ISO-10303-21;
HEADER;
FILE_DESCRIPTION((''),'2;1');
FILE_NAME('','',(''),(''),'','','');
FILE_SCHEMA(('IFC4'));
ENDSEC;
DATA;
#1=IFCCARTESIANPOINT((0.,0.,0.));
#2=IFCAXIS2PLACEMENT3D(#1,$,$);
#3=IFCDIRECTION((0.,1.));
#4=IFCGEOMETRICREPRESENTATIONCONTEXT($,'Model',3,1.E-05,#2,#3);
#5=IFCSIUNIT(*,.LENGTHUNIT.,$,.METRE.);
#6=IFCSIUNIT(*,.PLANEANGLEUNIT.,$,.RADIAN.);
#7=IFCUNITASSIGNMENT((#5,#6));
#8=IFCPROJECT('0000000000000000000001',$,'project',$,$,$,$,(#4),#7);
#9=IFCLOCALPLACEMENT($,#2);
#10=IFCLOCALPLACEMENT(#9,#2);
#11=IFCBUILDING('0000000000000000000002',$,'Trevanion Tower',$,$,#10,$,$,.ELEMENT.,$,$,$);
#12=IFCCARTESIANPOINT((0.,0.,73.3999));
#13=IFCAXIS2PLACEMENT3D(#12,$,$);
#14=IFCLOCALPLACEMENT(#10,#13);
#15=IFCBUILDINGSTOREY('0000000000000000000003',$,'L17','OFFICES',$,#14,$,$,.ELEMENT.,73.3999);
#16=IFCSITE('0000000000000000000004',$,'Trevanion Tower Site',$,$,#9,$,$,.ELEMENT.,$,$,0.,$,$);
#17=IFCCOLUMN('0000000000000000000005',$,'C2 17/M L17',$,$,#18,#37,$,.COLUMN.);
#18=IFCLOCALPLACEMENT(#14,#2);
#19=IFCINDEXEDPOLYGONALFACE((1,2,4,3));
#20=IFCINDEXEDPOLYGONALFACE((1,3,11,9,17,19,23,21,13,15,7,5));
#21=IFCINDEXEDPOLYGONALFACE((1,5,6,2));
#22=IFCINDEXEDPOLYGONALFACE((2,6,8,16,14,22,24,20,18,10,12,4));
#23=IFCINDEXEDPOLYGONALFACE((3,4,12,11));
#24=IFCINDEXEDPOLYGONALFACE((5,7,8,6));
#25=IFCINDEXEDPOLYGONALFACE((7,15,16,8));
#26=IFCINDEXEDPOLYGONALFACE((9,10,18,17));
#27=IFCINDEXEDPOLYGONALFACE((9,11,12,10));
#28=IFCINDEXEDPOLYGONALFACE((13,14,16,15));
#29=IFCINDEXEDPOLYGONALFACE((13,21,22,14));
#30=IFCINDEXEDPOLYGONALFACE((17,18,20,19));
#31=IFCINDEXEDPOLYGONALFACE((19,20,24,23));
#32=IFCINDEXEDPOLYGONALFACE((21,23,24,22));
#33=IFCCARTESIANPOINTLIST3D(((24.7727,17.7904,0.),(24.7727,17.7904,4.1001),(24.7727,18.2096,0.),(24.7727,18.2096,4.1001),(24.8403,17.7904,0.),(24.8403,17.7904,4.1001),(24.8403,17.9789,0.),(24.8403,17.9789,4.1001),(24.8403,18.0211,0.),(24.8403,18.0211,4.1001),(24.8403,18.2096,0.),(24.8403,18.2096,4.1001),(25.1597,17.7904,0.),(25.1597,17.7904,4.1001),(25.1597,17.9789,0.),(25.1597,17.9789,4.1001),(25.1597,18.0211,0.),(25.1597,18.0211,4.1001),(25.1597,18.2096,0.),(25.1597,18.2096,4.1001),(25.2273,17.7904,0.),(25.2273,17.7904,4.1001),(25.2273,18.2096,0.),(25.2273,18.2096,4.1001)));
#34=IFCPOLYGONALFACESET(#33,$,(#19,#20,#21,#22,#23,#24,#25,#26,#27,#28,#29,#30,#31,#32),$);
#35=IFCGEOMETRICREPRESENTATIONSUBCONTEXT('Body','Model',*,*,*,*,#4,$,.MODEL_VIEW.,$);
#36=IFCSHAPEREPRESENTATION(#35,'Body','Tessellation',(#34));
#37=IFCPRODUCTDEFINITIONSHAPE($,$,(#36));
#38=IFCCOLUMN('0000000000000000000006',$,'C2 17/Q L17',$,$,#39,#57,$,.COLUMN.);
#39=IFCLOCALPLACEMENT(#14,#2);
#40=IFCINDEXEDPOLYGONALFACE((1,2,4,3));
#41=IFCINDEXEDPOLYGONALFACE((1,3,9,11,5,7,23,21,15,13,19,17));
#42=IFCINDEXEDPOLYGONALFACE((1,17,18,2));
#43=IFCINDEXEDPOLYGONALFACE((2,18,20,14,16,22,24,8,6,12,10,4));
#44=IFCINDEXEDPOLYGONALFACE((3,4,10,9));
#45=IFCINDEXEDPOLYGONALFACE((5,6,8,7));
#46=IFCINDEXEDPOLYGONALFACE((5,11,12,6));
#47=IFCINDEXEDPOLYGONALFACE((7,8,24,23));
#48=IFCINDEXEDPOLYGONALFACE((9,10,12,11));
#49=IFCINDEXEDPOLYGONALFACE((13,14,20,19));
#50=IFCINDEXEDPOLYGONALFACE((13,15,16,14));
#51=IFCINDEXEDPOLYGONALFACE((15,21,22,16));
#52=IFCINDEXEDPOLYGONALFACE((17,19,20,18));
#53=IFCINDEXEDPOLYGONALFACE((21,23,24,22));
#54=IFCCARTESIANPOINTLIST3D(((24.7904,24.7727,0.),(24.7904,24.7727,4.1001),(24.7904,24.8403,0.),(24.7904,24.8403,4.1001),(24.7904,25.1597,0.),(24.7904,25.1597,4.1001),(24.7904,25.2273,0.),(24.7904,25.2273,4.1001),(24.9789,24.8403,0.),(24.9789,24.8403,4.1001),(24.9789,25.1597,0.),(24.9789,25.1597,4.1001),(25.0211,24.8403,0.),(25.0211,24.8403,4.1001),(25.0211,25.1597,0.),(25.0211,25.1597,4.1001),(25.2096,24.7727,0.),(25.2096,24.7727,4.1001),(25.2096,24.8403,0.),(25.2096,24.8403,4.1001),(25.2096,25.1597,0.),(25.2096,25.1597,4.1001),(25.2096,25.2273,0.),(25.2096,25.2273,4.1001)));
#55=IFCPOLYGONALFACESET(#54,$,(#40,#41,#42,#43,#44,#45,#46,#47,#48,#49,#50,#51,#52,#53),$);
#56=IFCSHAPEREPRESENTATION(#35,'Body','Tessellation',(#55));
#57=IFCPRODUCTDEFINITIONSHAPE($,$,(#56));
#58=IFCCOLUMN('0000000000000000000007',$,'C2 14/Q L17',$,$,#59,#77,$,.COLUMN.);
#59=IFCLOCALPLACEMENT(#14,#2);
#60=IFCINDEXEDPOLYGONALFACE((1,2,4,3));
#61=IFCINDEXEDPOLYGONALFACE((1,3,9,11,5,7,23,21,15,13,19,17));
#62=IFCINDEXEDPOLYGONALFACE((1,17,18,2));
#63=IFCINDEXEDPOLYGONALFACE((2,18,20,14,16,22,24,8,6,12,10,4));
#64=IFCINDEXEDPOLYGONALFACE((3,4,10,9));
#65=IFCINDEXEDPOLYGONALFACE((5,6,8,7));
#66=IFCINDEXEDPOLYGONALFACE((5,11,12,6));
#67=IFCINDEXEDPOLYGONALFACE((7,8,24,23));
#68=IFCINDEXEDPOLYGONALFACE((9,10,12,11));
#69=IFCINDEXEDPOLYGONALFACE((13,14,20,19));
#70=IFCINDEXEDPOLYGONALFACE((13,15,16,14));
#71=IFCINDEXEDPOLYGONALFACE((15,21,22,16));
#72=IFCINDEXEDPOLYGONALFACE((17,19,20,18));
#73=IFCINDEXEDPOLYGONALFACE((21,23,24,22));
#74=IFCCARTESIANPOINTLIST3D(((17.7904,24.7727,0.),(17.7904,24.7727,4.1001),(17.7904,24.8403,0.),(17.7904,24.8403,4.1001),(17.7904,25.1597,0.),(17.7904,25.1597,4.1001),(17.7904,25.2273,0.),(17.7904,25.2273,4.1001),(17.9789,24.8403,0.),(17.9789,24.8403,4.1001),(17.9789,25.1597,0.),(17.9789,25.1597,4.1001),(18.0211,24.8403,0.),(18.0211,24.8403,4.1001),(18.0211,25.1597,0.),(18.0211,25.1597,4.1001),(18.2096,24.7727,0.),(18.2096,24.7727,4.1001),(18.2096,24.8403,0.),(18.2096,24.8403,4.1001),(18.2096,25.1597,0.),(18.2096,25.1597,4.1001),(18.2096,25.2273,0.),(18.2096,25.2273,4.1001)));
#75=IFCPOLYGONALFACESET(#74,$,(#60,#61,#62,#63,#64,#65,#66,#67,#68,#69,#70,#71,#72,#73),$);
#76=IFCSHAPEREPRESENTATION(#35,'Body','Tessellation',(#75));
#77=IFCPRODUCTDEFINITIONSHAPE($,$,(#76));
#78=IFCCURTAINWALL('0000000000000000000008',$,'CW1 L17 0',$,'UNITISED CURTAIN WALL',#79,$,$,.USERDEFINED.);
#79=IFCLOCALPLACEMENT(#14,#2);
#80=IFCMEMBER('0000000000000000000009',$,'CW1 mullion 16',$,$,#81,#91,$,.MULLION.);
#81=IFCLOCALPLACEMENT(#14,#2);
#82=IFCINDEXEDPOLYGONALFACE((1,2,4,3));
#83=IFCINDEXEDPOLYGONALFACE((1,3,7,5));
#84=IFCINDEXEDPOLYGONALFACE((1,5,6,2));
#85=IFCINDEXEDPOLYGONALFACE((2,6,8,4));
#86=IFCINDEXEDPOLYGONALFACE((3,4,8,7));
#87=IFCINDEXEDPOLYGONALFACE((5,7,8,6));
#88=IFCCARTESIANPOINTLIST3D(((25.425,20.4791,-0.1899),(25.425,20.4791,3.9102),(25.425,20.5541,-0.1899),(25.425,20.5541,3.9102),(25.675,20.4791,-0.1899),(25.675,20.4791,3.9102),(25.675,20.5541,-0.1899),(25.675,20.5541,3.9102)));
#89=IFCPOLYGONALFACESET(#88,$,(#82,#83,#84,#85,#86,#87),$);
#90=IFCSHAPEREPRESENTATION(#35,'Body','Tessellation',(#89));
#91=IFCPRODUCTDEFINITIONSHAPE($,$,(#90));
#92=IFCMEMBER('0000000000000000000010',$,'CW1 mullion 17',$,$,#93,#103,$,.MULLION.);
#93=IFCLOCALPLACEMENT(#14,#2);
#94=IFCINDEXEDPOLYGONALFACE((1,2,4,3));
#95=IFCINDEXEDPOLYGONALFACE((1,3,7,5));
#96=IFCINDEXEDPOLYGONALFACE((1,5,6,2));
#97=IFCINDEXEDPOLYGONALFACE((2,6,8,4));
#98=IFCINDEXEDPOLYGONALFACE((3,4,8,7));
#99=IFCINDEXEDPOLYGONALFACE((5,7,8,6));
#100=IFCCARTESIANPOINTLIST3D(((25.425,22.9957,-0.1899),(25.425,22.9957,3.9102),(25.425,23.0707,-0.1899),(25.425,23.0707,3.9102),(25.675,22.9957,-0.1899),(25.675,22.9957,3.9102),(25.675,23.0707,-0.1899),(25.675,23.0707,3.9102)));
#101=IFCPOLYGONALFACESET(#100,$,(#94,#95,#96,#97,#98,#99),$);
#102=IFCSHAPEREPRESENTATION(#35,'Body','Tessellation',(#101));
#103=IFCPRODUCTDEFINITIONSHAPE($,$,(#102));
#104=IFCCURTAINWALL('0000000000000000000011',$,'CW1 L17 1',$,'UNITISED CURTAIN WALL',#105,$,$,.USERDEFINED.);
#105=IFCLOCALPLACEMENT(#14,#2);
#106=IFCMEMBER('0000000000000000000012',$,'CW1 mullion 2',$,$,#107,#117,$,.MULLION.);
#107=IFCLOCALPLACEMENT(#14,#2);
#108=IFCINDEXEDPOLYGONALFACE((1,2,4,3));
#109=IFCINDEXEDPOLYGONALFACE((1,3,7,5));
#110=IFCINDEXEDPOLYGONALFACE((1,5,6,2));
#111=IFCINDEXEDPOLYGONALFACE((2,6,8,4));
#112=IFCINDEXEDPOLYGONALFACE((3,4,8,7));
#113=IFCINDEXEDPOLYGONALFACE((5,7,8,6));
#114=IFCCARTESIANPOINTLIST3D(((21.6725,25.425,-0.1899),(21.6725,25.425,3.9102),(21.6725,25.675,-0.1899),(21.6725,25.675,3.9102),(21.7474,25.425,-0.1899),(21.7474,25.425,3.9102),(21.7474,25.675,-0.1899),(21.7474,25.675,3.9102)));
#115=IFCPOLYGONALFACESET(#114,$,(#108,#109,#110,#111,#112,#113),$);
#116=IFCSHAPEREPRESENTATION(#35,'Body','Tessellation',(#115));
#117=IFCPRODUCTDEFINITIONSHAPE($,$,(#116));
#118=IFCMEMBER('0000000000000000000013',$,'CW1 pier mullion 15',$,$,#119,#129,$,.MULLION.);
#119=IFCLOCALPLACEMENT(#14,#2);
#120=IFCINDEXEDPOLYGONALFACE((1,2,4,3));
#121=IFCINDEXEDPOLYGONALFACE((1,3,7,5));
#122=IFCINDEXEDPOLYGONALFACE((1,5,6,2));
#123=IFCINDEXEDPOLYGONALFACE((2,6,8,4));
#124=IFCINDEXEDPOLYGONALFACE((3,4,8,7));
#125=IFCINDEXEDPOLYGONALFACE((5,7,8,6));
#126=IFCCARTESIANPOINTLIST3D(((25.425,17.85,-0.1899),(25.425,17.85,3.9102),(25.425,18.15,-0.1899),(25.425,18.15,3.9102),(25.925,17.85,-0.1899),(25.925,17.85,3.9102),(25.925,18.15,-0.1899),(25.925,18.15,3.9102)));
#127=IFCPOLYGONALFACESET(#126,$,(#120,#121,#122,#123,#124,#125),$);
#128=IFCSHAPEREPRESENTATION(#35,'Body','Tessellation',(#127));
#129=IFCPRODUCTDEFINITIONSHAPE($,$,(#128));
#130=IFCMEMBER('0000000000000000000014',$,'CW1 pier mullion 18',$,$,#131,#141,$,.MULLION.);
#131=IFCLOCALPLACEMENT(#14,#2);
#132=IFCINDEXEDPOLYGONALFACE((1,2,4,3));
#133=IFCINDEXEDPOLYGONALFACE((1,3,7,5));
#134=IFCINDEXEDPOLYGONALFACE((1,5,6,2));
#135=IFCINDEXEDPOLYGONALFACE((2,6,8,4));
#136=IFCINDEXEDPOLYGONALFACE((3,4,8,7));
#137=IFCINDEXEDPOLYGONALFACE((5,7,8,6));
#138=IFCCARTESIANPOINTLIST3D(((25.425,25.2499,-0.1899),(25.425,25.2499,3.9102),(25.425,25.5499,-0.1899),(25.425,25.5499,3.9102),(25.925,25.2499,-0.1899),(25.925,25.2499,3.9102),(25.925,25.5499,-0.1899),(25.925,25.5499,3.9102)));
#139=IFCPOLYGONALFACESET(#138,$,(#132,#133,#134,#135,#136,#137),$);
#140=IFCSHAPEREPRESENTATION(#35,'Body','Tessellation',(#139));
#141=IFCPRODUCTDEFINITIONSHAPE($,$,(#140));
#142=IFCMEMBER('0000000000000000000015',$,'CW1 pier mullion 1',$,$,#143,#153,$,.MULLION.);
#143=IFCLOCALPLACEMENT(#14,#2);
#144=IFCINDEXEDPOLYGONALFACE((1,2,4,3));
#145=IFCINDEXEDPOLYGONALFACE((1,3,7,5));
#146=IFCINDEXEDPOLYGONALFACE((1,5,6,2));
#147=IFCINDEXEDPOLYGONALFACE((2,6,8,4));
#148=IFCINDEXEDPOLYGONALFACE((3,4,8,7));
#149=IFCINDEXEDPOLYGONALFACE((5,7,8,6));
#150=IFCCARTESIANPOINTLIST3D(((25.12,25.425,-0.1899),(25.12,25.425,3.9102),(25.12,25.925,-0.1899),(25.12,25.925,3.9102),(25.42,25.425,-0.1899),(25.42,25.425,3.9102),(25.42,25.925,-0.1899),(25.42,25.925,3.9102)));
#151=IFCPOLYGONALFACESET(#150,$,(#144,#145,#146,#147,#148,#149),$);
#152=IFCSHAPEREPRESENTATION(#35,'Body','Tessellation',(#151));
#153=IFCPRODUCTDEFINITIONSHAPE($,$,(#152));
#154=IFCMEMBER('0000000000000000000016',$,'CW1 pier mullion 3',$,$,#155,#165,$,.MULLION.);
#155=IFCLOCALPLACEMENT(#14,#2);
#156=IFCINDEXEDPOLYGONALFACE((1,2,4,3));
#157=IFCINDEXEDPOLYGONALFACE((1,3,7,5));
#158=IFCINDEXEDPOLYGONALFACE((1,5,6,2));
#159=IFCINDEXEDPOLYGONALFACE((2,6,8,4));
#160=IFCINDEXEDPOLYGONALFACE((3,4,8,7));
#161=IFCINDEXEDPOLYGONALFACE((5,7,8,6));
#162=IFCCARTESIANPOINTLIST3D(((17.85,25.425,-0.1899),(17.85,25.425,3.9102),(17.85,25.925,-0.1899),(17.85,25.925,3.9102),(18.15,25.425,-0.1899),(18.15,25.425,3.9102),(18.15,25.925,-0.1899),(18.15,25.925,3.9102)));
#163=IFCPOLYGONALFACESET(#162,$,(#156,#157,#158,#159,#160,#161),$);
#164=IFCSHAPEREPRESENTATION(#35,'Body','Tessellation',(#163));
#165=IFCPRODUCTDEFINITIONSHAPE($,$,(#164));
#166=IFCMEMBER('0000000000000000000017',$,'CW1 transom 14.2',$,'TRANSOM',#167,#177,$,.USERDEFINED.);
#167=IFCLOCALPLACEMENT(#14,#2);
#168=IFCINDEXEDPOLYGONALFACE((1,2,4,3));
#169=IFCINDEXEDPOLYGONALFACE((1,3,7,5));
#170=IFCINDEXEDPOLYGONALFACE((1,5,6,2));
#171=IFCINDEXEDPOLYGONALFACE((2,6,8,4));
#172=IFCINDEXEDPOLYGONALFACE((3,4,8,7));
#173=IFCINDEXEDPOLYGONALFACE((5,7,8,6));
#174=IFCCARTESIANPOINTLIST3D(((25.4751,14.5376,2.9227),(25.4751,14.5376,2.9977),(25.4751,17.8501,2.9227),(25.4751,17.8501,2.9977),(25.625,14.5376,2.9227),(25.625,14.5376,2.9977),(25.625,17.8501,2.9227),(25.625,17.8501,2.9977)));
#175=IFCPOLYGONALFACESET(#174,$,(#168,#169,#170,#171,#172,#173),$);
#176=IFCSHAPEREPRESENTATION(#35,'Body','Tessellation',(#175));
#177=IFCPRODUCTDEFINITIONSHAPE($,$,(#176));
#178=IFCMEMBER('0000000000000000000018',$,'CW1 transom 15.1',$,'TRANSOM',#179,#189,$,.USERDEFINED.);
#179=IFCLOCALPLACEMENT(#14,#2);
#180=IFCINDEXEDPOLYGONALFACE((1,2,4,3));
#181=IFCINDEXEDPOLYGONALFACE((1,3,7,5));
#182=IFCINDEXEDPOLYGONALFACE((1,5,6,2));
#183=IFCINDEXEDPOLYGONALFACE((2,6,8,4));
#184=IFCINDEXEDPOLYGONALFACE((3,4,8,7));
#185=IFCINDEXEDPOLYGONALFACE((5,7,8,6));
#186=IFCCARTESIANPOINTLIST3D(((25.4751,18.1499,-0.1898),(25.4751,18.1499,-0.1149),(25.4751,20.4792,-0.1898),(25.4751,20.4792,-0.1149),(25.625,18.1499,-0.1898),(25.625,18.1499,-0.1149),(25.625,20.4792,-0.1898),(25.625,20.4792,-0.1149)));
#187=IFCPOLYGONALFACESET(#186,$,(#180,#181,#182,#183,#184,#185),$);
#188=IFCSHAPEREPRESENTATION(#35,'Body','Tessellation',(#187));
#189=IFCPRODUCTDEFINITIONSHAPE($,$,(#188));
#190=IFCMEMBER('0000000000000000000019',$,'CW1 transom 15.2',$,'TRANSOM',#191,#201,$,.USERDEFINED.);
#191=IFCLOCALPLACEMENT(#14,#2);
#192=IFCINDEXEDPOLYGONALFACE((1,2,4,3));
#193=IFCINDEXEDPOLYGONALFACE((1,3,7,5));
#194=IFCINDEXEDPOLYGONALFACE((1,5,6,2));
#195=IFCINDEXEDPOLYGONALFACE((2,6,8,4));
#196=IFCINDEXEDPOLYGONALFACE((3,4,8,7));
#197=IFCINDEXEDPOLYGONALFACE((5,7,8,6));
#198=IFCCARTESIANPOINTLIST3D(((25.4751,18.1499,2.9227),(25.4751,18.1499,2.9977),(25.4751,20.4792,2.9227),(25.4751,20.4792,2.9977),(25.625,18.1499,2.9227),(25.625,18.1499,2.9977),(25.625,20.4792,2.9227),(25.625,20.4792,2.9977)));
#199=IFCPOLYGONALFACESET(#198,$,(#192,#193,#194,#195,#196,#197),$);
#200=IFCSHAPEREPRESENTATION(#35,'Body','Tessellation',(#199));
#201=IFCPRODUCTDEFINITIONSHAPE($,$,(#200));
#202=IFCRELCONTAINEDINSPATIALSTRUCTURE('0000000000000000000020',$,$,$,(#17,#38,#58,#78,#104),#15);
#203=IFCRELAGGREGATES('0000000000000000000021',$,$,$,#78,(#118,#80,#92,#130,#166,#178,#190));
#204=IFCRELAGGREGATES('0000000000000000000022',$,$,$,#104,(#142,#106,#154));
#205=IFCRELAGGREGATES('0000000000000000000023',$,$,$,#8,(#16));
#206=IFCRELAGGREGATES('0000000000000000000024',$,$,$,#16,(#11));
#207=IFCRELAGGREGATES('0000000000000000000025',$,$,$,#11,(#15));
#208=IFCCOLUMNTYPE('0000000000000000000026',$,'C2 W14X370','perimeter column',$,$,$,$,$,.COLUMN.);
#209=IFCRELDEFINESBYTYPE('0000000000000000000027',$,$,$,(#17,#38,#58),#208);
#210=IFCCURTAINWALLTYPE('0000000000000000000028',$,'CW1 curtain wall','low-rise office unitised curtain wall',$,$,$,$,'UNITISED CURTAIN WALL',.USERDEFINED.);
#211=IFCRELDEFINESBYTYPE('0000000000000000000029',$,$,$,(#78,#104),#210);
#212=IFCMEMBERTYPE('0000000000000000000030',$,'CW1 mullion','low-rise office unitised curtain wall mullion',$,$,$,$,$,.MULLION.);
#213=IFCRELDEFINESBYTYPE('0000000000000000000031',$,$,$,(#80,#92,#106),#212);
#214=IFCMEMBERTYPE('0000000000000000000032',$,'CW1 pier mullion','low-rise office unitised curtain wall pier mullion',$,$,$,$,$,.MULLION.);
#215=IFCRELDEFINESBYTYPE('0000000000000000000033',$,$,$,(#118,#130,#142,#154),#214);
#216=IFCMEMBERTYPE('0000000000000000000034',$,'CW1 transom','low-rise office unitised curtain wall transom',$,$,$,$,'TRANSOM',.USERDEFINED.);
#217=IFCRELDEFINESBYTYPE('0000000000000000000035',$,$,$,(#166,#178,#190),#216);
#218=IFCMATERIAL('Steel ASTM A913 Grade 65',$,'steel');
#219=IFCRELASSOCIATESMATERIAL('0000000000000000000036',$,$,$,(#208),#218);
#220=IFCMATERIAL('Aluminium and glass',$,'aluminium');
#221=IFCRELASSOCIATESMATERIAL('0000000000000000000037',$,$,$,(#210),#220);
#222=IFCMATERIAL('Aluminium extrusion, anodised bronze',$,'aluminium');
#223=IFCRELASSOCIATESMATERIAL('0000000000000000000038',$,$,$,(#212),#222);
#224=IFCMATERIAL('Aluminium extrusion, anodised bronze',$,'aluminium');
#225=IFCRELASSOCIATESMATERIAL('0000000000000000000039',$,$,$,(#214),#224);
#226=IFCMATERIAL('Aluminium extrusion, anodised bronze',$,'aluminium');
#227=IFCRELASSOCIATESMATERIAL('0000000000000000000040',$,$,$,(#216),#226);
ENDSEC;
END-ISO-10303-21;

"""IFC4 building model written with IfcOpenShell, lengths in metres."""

from ifc_helpers import new_model, si_unit, direction, frame, origin, origin_2d, place, context, subcontext, project, spatial, rectangle, i_section, extrude, material, material_profile, profile_set, type_object, element, aggregate, save


model = new_model("IFC4")

# Units and contexts
model_context = context("Model", 3, precision=1e-05, world=origin(), true_north=direction((0.0, 1.0)))
body_context = subcontext(model_context, "Body", "Model", "MODEL_VIEW")
ifc_project = project(units=[si_unit("LENGTHUNIT", "METRE"), si_unit("PLANEANGLEUNIT", "RADIAN")], contexts=[model_context])

# Site, building, storey
site_placement = place(None, origin())
site = spatial("IfcSite", under=ifc_project, at=site_placement, Name="Trevanion Tower Site", CompositionType="ELEMENT", RefElevation=0.0)
building_placement = place(site_placement, origin())
building = spatial("IfcBuilding", under=site, at=building_placement, Name="Trevanion Tower", CompositionType="ELEMENT")
storey_placement = place(building_placement, frame((0.0, 0.0, 73.3999)))
storey = spatial("IfcBuildingStorey", under=building, at=storey_placement, Name="L17", Description="OFFICES", CompositionType="ELEMENT", Elevation=73.3999)

# Columns
ifc_material_1 = material(Name="Steel ASTM A913 Grade 65", Category="steel")
ifc_material_profile_1 = material_profile(ifc_material_1, i_section(OverallWidth=0.4192, OverallDepth=0.4546, WebThickness=0.0422, FlangeThickness=0.0676, at=origin_2d()), Name="W14X370")
ifc_profile_set_1 = profile_set([ifc_material_profile_1], Name="Steel ASTM A913 Grade 65")
column_type = type_object("IfcColumnType", Name="C2 W14X370", Description="perimeter column", PredefinedType="COLUMN", material=ifc_profile_set_1)
for number, where, z_axis, x_axis, name in (
    (1, (25.0, 18.0, 0.0), (0.0, 0.0, 1.0), (0.0, 1.0, 0.0), "C2 17/M L17"),
    (2, (25.0, 25.0, 0.0), (0.0, 0.0, 1.0), (1.0, 0.0, 0.0), "C2 17/Q L17"),
    (3, (18.0, 25.0, 0.0), (0.0, 0.0, 1.0), (1.0, 0.0, 0.0), "C2 14/Q L17"),
):
    element("IfcColumn", number, at=place(storey_placement, frame(where, z_axis=z_axis, x_axis=x_axis)), inside=storey, type_object=column_type, Name=name, PredefinedType="COLUMN", context=body_context, shape_type="SweptSolid", body=[
        extrude(i_section(OverallWidth=0.4192, OverallDepth=0.4546, WebThickness=0.0422, FlangeThickness=0.0676, at=origin_2d()), origin(), (0.0, 0.0, 1.0), 4.1001),
    ])

# Curtain wall, members
ifc_material_2 = material(Name="Aluminium and glass", Category="aluminium")
curtain_wall_type = type_object("IfcCurtainWallType", Name="CW1 curtain wall", Description="low-rise office unitised curtain wall", ElementType="UNITISED CURTAIN WALL", PredefinedType="USERDEFINED", material=ifc_material_2)
curtain_wall_1_placement = place(storey_placement, origin())
curtain_wall_1 = element("IfcCurtainWall", 4, at=curtain_wall_1_placement, inside=storey, type_object=curtain_wall_type, Name="CW1 L17 0", ObjectType="UNITISED CURTAIN WALL", PredefinedType="USERDEFINED")
ifc_material_3 = material(Name="Aluminium extrusion, anodised bronze", Category="aluminium")
ifc_material_profile_2 = material_profile(ifc_material_3, rectangle(XDim=0.075, YDim=0.25, at=origin_2d()), Name="CW1 mullion")
ifc_profile_set_2 = profile_set([ifc_material_profile_2], Name="Aluminium extrusion, anodised bronze")
member_type_1 = type_object("IfcMemberType", Name="CW1 mullion", Description="low-rise office unitised curtain wall mullion", PredefinedType="MULLION", material=ifc_profile_set_2)
member_1_placement = place(storey_placement, frame((25.55, 20.5166, -0.1899), z_axis=(0.0, 0.0, 1.0), x_axis=(0.0, 1.0, 0.0)))
member_1 = element("IfcMember", 5, at=member_1_placement, type_object=member_type_1, Name="CW1 mullion 16", PredefinedType="MULLION", context=body_context, shape_type="SweptSolid", body=[
    extrude(rectangle(XDim=0.075, YDim=0.25, at=origin_2d()), origin(), (0.0, 0.0, 1.0), 4.1001),
])
member_2_placement = place(storey_placement, frame((25.55, 23.0332, -0.1899), z_axis=(0.0, 0.0, 1.0), x_axis=(0.0, 1.0, 0.0)))
member_2 = element("IfcMember", 6, at=member_2_placement, type_object=member_type_1, Name="CW1 mullion 17", PredefinedType="MULLION", context=body_context, shape_type="SweptSolid", body=[
    extrude(rectangle(XDim=0.075, YDim=0.25, at=origin_2d()), origin(), (0.0, 0.0, 1.0), 4.1001),
])

# Curtain wall, member
curtain_wall_2_placement = place(storey_placement, origin())
curtain_wall_2 = element("IfcCurtainWall", 7, at=curtain_wall_2_placement, inside=storey, type_object=curtain_wall_type, Name="CW1 L17 1", ObjectType="UNITISED CURTAIN WALL", PredefinedType="USERDEFINED")
member_3_placement = place(storey_placement, frame((21.71, 25.55, -0.1899), z_axis=(0.0, 0.0, 1.0), x_axis=(-1.0, 0.0, 0.0)))
member_3 = element("IfcMember", 8, at=member_3_placement, type_object=member_type_1, Name="CW1 mullion 2", PredefinedType="MULLION", context=body_context, shape_type="SweptSolid", body=[
    extrude(rectangle(XDim=0.075, YDim=0.25, at=origin_2d()), origin(), (0.0, 0.0, 1.0), 4.1001),
])

# Members
ifc_material_4 = material(Name="Aluminium extrusion, anodised bronze", Category="aluminium")
ifc_material_profile_3 = material_profile(ifc_material_4, rectangle(XDim=0.3, YDim=0.5, at=origin_2d()), Name="CW1 pier mullion")
ifc_profile_set_3 = profile_set([ifc_material_profile_3], Name="Aluminium extrusion, anodised bronze")
member_type_2 = type_object("IfcMemberType", Name="CW1 pier mullion", Description="low-rise office unitised curtain wall pier mullion", PredefinedType="MULLION", material=ifc_profile_set_3)
member_4_placement = place(storey_placement, frame((25.675, 18.0, -0.1899), z_axis=(0.0, 0.0, 1.0), x_axis=(0.0, 1.0, 0.0)))
member_4 = element("IfcMember", 9, at=member_4_placement, type_object=member_type_2, Name="CW1 pier mullion 15", PredefinedType="MULLION", context=body_context, shape_type="SweptSolid", body=[
    extrude(rectangle(XDim=0.3, YDim=0.5, at=origin_2d()), origin(), (0.0, 0.0, 1.0), 4.1001),
])
member_5_placement = place(storey_placement, frame((25.675, 25.3999, -0.1899), z_axis=(0.0, 0.0, 1.0), x_axis=(0.0, 1.0, 0.0)))
member_5 = element("IfcMember", 10, at=member_5_placement, type_object=member_type_2, Name="CW1 pier mullion 18", PredefinedType="MULLION", context=body_context, shape_type="SweptSolid", body=[
    extrude(rectangle(XDim=0.3, YDim=0.5, at=origin_2d()), origin(), (0.0, 0.0, 1.0), 4.1001),
])
member_6_placement = place(storey_placement, frame((25.27, 25.675, -0.1899), z_axis=(0.0, 0.0, 1.0), x_axis=(-1.0, 0.0, 0.0)))
member_6 = element("IfcMember", 11, at=member_6_placement, type_object=member_type_2, Name="CW1 pier mullion 1", PredefinedType="MULLION", context=body_context, shape_type="SweptSolid", body=[
    extrude(rectangle(XDim=0.3, YDim=0.5, at=origin_2d()), origin(), (0.0, 0.0, 1.0), 4.1001),
])
member_7_placement = place(storey_placement, frame((18.0, 25.675, -0.1899), z_axis=(0.0, 0.0, 1.0), x_axis=(-1.0, 0.0, 0.0)))
member_7 = element("IfcMember", 12, at=member_7_placement, type_object=member_type_2, Name="CW1 pier mullion 3", PredefinedType="MULLION", context=body_context, shape_type="SweptSolid", body=[
    extrude(rectangle(XDim=0.3, YDim=0.5, at=origin_2d()), origin(), (0.0, 0.0, 1.0), 4.1001),
])
ifc_material_5 = material(Name="Aluminium extrusion, anodised bronze", Category="aluminium")
ifc_material_profile_4 = material_profile(ifc_material_5, rectangle(XDim=0.1499, YDim=0.075, at=origin_2d()), Name="CW1 transom")
ifc_profile_set_4 = profile_set([ifc_material_profile_4], Name="Aluminium extrusion, anodised bronze")
member_type_3 = type_object("IfcMemberType", Name="CW1 transom", Description="low-rise office unitised curtain wall transom", ElementType="TRANSOM", PredefinedType="USERDEFINED", material=ifc_profile_set_4)
member_8_placement = place(storey_placement, frame((25.55, 14.5376, 2.9602), z_axis=(0.0, 1.0, 0.0), x_axis=(-1.0, 0.0, 0.0)))
member_8 = element("IfcMember", 13, at=member_8_placement, type_object=member_type_3, Name="CW1 transom 14.2", ObjectType="TRANSOM", PredefinedType="USERDEFINED", context=body_context, shape_type="SweptSolid", body=[
    extrude(rectangle(XDim=0.1499, YDim=0.075, at=origin_2d()), origin(), (0.0, 0.0, 1.0), 3.3125),
])
member_9_placement = place(storey_placement, frame((25.55, 18.1499, -0.1523), z_axis=(0.0, 1.0, 0.0), x_axis=(-1.0, 0.0, 0.0)))
member_9 = element("IfcMember", 14, at=member_9_placement, type_object=member_type_3, Name="CW1 transom 15.1", ObjectType="TRANSOM", PredefinedType="USERDEFINED", context=body_context, shape_type="SweptSolid", body=[
    extrude(rectangle(XDim=0.1499, YDim=0.075, at=origin_2d()), origin(), (0.0, 0.0, 1.0), 2.3293),
])
member_10_placement = place(storey_placement, frame((25.55, 18.1499, 2.9602), z_axis=(0.0, 1.0, 0.0), x_axis=(-1.0, 0.0, 0.0)))
member_10 = element("IfcMember", 15, at=member_10_placement, type_object=member_type_3, Name="CW1 transom 15.2", ObjectType="TRANSOM", PredefinedType="USERDEFINED", context=body_context, shape_type="SweptSolid", body=[
    extrude(rectangle(XDim=0.1499, YDim=0.075, at=origin_2d()), origin(), (0.0, 0.0, 1.0), 2.3293),
])

aggregate(curtain_wall_1, [member_4, member_1, member_2, member_5, member_8, member_9, member_10])
aggregate(curtain_wall_2, [member_6, member_3, member_7])

save(model, "model.ifc")
